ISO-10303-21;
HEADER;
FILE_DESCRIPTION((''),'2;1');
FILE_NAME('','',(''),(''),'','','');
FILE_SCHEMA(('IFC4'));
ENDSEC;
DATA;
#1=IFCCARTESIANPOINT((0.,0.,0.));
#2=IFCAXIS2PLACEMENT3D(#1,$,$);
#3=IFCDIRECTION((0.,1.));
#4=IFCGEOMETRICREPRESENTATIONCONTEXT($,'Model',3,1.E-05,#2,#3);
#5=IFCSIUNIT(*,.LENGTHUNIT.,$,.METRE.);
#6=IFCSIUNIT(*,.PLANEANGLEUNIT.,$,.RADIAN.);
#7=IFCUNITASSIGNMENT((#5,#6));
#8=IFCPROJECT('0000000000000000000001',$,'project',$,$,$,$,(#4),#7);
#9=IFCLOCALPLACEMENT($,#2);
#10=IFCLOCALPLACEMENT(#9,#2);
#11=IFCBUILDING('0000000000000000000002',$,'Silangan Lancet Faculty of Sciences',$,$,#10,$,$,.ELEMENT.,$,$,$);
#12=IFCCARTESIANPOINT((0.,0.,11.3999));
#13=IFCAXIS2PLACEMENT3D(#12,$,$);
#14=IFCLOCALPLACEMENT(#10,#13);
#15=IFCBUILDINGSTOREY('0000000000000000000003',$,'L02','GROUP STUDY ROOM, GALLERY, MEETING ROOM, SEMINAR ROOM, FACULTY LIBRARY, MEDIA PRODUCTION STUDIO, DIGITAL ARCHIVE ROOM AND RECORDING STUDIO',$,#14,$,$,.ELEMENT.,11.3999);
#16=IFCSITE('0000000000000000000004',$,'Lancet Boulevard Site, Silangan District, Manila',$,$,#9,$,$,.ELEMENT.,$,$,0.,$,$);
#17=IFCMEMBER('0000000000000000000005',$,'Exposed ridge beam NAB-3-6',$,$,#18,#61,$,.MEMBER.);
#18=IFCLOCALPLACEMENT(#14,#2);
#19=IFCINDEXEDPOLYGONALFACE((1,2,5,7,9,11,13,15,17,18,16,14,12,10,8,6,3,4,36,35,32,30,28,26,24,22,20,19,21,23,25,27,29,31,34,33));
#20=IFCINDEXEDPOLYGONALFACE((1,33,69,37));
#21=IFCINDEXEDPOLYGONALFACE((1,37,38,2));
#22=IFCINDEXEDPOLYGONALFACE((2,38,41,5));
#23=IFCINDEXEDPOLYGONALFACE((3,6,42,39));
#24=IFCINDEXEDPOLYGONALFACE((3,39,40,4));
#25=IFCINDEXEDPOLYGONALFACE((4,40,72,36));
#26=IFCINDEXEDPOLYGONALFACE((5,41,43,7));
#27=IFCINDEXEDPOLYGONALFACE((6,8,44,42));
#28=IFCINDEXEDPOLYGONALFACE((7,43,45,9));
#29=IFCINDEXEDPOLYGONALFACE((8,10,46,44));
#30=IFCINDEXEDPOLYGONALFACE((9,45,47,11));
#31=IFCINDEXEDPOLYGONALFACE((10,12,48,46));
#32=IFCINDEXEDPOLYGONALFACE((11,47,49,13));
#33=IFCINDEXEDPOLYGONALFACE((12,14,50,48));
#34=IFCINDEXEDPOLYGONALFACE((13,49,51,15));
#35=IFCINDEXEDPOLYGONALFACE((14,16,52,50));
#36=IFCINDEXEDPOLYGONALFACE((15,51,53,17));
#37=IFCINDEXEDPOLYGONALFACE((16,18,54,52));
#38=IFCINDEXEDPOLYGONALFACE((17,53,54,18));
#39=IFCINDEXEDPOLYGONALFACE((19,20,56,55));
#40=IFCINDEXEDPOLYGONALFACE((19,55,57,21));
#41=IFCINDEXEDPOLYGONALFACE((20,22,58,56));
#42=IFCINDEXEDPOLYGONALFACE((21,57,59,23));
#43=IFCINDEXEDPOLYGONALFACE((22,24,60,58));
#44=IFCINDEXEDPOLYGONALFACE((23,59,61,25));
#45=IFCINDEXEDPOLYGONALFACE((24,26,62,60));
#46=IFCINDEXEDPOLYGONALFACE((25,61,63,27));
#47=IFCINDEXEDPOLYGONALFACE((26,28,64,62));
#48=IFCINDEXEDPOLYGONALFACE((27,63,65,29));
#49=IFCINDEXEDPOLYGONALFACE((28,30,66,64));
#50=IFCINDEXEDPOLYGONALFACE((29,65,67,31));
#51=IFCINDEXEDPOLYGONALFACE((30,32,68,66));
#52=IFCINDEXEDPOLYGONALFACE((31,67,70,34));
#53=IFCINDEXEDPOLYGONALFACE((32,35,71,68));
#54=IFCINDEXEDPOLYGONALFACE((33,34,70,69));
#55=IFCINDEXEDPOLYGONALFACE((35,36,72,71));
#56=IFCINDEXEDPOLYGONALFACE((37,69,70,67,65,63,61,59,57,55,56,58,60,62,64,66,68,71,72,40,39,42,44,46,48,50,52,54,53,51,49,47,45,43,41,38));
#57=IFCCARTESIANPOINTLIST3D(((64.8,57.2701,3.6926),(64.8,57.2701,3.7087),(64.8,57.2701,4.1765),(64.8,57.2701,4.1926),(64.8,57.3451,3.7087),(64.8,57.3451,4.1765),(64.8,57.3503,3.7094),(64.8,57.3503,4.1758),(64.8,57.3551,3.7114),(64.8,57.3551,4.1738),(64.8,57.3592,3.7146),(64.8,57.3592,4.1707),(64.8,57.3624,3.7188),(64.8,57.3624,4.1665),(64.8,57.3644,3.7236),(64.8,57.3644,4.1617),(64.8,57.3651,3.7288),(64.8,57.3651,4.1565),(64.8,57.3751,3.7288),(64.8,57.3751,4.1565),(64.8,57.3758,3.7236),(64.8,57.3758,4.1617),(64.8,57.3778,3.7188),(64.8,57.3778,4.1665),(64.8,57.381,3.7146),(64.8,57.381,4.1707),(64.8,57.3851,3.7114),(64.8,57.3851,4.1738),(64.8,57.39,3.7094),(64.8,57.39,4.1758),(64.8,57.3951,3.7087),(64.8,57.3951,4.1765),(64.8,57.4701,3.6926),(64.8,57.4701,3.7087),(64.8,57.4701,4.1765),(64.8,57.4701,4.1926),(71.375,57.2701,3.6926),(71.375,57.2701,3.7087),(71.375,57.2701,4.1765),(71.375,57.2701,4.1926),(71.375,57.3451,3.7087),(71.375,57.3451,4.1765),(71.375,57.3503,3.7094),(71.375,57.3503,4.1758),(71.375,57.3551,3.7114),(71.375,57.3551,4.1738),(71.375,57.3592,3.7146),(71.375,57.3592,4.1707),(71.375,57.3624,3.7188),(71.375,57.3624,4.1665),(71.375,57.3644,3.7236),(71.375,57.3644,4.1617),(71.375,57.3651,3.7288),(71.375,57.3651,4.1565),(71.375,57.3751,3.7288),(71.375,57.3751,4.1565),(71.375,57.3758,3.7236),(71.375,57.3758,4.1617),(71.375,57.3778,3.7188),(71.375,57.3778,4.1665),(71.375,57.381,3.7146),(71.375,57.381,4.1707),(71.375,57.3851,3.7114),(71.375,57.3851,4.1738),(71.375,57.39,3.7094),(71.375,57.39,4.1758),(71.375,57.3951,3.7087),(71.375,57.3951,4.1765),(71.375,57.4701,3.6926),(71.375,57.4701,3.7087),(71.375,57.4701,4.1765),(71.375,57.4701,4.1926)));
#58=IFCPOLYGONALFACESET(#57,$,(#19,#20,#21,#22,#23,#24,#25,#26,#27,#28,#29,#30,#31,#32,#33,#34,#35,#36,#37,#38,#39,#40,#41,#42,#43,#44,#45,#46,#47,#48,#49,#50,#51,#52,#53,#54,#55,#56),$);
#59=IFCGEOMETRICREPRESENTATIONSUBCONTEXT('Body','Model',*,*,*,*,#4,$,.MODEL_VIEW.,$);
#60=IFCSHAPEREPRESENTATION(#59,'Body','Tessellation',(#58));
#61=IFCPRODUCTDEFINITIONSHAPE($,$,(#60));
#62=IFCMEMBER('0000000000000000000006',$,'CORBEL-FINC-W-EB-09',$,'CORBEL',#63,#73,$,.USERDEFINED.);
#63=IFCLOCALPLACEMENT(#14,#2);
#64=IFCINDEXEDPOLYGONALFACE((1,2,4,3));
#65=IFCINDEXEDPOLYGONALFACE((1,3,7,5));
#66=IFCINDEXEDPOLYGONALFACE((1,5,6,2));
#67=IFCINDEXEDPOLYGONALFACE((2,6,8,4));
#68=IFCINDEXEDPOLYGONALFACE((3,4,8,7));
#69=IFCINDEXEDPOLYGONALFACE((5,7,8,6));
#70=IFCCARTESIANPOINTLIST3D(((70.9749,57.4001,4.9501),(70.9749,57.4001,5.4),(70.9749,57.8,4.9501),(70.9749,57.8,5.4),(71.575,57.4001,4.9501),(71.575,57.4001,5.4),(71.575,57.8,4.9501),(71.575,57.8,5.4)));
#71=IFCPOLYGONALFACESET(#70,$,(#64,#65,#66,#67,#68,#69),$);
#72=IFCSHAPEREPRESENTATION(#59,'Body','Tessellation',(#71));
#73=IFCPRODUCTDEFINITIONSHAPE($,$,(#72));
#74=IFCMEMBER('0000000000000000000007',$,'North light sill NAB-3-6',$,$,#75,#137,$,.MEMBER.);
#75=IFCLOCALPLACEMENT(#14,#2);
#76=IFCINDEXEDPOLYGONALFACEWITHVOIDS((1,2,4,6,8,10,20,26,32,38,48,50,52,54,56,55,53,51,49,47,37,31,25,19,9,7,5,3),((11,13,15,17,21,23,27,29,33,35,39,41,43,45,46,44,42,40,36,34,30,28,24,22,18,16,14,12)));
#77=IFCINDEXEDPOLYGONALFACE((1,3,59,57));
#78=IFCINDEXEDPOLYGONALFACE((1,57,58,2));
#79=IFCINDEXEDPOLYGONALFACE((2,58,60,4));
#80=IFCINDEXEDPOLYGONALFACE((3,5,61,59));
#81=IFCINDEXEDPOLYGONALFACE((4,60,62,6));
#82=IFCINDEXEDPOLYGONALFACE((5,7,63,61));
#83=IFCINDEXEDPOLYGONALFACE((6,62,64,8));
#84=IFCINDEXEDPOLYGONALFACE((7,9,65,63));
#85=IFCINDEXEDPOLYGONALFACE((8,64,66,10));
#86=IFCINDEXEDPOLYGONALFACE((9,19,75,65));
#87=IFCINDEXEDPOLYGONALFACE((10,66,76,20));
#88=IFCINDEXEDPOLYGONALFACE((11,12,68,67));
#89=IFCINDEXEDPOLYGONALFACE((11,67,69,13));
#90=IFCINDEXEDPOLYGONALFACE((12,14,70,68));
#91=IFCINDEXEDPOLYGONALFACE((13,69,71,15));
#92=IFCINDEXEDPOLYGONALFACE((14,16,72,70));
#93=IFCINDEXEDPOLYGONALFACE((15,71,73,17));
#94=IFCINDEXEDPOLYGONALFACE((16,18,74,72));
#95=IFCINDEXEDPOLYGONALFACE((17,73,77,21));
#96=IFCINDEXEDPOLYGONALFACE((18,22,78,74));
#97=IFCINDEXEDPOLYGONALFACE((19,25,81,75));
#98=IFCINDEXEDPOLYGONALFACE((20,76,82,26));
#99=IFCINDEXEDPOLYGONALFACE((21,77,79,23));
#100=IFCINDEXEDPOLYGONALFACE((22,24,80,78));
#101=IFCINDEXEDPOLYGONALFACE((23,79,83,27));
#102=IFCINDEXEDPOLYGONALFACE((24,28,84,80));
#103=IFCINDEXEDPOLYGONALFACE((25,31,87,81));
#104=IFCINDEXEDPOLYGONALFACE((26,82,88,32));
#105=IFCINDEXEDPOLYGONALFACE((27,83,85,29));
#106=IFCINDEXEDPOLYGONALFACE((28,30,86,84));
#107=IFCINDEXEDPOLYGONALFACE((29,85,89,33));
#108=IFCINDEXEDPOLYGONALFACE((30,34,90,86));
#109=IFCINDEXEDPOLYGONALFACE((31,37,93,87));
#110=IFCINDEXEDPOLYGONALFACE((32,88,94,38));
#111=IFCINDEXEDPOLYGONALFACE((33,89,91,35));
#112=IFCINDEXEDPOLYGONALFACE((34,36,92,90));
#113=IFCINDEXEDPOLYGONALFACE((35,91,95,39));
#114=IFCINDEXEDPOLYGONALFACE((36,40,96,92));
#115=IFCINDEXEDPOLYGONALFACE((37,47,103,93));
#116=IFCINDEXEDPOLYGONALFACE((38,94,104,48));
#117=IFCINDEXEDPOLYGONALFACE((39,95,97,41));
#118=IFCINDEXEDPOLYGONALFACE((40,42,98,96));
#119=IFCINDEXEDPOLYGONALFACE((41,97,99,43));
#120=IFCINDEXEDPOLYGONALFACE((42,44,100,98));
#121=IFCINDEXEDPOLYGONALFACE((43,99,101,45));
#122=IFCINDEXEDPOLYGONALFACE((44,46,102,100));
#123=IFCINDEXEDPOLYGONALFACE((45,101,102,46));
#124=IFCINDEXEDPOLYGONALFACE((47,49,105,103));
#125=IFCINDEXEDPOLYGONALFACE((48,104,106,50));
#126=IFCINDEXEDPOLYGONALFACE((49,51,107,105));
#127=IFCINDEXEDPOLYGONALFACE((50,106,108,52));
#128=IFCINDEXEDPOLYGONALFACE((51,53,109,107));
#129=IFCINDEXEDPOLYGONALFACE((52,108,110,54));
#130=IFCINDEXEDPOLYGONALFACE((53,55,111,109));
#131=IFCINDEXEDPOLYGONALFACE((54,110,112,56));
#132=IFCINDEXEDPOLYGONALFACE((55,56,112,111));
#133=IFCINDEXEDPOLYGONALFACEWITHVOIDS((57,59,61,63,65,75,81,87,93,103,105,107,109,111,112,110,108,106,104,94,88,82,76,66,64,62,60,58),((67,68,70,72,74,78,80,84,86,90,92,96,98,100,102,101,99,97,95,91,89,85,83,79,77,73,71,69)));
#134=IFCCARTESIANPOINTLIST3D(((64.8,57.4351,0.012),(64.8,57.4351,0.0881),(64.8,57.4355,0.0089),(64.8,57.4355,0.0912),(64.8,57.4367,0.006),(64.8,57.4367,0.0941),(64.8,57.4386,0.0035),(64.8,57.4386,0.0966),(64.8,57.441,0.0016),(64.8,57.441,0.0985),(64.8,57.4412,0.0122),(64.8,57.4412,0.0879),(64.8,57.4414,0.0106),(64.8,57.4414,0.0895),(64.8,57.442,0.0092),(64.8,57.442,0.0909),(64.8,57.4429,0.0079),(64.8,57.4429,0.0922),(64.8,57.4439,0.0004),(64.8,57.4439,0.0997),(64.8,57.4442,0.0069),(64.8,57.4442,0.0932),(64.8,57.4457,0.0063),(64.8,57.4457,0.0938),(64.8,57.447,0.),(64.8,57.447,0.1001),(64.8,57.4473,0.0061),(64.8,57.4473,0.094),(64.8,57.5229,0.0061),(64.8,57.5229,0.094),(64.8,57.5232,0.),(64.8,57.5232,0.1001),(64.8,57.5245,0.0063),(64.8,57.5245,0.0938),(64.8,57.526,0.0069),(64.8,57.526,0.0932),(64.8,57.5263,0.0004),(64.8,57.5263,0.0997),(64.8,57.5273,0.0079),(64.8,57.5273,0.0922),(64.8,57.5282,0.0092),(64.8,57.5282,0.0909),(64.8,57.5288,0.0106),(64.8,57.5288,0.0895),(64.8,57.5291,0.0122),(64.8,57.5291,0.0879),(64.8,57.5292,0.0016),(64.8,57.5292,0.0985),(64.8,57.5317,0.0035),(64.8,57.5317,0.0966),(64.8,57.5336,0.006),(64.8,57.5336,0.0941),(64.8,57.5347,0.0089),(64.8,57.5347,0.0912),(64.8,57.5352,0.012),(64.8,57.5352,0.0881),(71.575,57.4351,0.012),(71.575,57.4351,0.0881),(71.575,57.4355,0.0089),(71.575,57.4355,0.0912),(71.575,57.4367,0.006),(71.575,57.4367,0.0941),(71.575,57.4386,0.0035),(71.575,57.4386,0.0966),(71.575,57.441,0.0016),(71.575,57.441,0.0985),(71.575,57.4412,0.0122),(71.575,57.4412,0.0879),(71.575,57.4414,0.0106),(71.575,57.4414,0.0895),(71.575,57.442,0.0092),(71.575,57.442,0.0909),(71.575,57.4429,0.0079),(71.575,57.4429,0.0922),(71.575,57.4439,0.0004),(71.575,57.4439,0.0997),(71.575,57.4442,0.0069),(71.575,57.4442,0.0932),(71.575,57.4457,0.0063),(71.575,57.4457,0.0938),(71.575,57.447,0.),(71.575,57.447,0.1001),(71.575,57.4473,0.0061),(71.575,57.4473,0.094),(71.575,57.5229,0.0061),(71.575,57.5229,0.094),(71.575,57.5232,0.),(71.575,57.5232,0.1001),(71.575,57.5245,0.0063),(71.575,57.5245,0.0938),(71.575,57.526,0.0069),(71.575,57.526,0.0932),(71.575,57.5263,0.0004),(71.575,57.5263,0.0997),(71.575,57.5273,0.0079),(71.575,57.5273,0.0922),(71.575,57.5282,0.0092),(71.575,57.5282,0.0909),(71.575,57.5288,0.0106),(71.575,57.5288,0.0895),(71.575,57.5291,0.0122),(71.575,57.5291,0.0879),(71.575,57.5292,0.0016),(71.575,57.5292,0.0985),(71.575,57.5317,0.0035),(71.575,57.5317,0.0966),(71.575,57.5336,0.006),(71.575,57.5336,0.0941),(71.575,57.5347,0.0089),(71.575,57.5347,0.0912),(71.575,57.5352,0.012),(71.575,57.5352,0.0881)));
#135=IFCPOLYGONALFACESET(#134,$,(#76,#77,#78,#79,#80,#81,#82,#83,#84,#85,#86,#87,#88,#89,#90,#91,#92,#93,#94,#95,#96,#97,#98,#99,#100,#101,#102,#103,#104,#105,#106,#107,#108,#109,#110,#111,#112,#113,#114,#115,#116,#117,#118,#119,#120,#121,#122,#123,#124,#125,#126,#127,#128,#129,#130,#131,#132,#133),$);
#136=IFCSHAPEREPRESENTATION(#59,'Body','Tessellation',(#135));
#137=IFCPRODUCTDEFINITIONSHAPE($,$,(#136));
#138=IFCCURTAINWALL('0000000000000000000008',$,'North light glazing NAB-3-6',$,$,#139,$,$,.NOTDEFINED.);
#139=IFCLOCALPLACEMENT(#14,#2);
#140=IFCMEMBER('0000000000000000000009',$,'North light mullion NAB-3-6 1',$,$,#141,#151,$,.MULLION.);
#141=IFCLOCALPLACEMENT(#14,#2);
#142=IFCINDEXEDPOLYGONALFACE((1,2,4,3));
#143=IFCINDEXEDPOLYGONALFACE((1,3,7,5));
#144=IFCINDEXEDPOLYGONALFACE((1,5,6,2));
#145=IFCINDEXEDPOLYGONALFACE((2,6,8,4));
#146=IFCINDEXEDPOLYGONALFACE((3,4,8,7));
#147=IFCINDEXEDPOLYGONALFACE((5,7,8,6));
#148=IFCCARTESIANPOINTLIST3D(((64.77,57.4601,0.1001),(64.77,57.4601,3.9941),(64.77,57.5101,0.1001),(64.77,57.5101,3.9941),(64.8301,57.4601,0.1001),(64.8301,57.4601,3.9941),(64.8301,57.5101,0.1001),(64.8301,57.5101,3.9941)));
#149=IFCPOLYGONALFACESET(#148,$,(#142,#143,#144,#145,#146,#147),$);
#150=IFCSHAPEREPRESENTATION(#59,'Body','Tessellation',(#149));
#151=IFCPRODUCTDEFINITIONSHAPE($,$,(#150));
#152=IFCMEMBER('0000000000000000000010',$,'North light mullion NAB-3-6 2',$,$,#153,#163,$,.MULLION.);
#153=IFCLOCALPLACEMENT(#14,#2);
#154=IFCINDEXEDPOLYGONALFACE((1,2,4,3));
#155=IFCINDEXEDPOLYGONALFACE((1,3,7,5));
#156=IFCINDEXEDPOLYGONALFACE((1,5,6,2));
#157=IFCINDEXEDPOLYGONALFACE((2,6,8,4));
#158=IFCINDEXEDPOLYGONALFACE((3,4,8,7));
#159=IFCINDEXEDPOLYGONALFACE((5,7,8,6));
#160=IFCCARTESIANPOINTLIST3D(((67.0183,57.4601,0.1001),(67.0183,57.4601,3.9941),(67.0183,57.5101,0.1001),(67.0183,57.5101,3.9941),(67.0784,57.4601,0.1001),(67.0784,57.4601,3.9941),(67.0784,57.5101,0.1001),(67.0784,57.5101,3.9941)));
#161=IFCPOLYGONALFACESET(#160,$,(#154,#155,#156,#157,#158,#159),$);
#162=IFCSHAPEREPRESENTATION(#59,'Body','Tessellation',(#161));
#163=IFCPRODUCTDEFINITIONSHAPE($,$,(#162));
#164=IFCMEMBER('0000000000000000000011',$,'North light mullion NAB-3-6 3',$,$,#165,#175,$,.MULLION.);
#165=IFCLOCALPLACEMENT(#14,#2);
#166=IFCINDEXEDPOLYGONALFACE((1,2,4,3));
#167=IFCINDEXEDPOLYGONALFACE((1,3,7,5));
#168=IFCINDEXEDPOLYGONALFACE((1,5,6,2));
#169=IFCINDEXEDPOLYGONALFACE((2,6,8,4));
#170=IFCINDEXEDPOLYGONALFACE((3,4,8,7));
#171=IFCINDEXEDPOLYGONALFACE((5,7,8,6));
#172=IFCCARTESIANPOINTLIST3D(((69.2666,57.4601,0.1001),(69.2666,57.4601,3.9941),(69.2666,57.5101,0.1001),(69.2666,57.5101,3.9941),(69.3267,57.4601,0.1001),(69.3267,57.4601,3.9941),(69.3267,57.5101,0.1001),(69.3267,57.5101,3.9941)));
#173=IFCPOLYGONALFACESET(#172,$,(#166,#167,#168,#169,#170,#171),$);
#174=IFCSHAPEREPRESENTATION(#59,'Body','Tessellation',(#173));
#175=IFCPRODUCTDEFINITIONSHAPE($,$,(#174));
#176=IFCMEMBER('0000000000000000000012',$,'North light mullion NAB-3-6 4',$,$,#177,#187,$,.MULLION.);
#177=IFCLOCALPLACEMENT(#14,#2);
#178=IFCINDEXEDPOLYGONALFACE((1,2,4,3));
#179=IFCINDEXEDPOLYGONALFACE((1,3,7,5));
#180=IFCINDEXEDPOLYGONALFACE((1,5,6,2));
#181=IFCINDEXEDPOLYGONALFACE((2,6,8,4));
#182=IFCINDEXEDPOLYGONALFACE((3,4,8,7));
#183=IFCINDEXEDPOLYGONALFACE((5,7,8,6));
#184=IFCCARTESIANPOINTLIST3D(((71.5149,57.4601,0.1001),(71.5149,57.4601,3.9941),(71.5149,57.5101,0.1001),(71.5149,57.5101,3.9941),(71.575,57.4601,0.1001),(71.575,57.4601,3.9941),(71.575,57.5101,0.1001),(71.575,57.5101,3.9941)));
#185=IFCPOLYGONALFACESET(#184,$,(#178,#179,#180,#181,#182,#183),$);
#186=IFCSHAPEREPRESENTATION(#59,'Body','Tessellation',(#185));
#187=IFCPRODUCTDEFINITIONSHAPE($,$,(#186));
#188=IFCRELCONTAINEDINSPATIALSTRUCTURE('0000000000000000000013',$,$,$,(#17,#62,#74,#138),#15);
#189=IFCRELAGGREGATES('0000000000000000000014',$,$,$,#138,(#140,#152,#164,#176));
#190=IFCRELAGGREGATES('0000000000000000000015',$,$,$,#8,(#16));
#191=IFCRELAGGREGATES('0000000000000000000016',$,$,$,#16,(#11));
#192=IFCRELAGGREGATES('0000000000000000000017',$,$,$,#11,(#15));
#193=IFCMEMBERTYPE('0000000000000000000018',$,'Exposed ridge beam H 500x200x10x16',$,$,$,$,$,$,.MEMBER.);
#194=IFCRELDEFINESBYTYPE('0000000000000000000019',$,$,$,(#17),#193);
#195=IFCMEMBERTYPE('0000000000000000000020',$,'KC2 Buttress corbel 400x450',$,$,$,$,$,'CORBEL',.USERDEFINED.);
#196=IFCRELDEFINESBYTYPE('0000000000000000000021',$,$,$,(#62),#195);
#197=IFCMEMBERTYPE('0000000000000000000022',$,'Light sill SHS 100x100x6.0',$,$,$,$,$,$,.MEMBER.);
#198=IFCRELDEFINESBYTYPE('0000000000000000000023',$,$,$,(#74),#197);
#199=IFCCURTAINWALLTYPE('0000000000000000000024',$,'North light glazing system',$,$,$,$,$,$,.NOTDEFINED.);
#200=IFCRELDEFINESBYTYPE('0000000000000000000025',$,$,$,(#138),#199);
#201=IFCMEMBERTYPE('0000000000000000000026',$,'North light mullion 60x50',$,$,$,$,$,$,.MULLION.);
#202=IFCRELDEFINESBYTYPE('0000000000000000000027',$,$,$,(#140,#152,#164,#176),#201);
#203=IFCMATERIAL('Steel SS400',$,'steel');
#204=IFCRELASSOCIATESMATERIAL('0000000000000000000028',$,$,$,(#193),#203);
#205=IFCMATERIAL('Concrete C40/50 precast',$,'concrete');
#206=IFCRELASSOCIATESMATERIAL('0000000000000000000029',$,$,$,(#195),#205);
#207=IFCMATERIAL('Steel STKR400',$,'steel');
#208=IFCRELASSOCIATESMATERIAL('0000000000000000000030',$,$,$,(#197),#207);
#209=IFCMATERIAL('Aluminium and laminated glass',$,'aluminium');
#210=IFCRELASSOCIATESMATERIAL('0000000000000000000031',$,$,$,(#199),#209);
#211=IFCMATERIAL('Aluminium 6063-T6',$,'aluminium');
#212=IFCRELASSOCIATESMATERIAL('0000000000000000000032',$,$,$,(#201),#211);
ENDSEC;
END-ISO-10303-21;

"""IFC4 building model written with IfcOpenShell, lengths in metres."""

from ifc_helpers import new_model, si_unit, direction, frame, origin, origin_2d, place, context, subcontext, project, spatial, rectangle, hollow_rectangle, i_section, extrude, material, material_profile, profile_set, type_object, element, aggregate, save


model = new_model("IFC4")

# Units and contexts
model_context = context("Model", 3, precision=1e-05, world=origin(), true_north=direction((0.0, 1.0)))
body_context = subcontext(model_context, "Body", "Model", "MODEL_VIEW")
ifc_project = project(units=[si_unit("LENGTHUNIT", "METRE"), si_unit("PLANEANGLEUNIT", "RADIAN")], contexts=[model_context])

# Site, building, storey
site_placement = place(None, origin())
site = spatial("IfcSite", under=ifc_project, at=site_placement, Name="Lancet Boulevard Site, Silangan District, Manila", CompositionType="ELEMENT", RefElevation=0.0)
building_placement = place(site_placement, origin())
building = spatial("IfcBuilding", under=site, at=building_placement, Name="Silangan Lancet Faculty of Sciences", CompositionType="ELEMENT")
storey_placement = place(building_placement, frame((0.0, 0.0, 11.3999)))
storey = spatial("IfcBuildingStorey", under=building, at=storey_placement, Name="L02", Description="GROUP STUDY ROOM, GALLERY, MEETING ROOM, SEMINAR ROOM, FACULTY LIBRARY, MEDIA PRODUCTION STUDIO, DIGITAL ARCHIVE ROOM AND RECORDING STUDIO", CompositionType="ELEMENT", Elevation=11.3999)

# Members
ifc_material_1 = material(Name="Steel SS400", Category="steel")
ifc_material_profile_1 = material_profile(ifc_material_1, i_section(OverallWidth=0.2, OverallDepth=0.5, WebThickness=0.01, FlangeThickness=0.0161, FilletRadius=0.02, at=origin_2d()), Name="H 500x200x10x16")
ifc_profile_set_1 = profile_set([ifc_material_profile_1], Name="Steel SS400")
member_type_1 = type_object("IfcMemberType", Name="Exposed ridge beam H 500x200x10x16", PredefinedType="MEMBER", material=ifc_profile_set_1)
member_1_placement = place(storey_placement, frame((64.8, 57.3701, 3.9426), z_axis=(1.0, 0.0, 0.0), x_axis=(0.0, 1.0, 0.0)))
element("IfcMember", 1, at=member_1_placement, inside=storey, type_object=member_type_1, Name="Exposed ridge beam NAB-3-6", PredefinedType="MEMBER", context=body_context, shape_type="SweptSolid", body=[
    extrude(i_section(OverallWidth=0.2, OverallDepth=0.5, WebThickness=0.01, FlangeThickness=0.0161, FilletRadius=0.02, at=origin_2d()), origin(), (0.0, 0.0, 1.0), 6.575),
])
ifc_material_2 = material(Name="Concrete C40/50 precast", Category="concrete")
ifc_material_profile_2 = material_profile(ifc_material_2, rectangle(XDim=0.3999, YDim=0.45, at=origin_2d()), Name="RC 400x450")
ifc_profile_set_2 = profile_set([ifc_material_profile_2], Name="Concrete C40/50 precast")
member_type_2 = type_object("IfcMemberType", Name="KC2 Buttress corbel 400x450", ElementType="CORBEL", PredefinedType="USERDEFINED", material=ifc_profile_set_2)
member_2_placement = place(storey_placement, frame((71.575, 57.6001, 5.175), z_axis=(-1.0, 0.0, 0.0), x_axis=(0.0, -1.0, 0.0)))
element("IfcMember", 2, at=member_2_placement, inside=storey, type_object=member_type_2, Name="CORBEL-FINC-W-EB-09", ObjectType="CORBEL", PredefinedType="USERDEFINED", context=body_context, shape_type="SweptSolid", body=[
    extrude(rectangle(XDim=0.3999, YDim=0.45, at=origin_2d()), origin(), (0.0, 0.0, 1.0), 0.6001),
])
ifc_material_3 = material(Name="Steel STKR400", Category="steel")
ifc_material_profile_3 = material_profile(ifc_material_3, hollow_rectangle(XDim=0.1001, YDim=0.1001, WallThickness=0.0061, InnerFilletRadius=0.0061, OuterFilletRadius=0.012, at=origin_2d()), Name="SHS 100x100x6.0")
ifc_profile_set_3 = profile_set([ifc_material_profile_3], Name="Steel STKR400")
member_type_3 = type_object("IfcMemberType", Name="Light sill SHS 100x100x6.0", PredefinedType="MEMBER", material=ifc_profile_set_3)
member_3_placement = place(storey_placement, frame((64.8, 57.4851, 0.05), z_axis=(1.0, 0.0, 0.0), x_axis=(0.0, 1.0, 0.0)))
element("IfcMember", 3, at=member_3_placement, inside=storey, type_object=member_type_3, Name="North light sill NAB-3-6", PredefinedType="MEMBER", context=body_context, shape_type="SweptSolid", body=[
    extrude(hollow_rectangle(XDim=0.1001, YDim=0.1001, WallThickness=0.0061, InnerFilletRadius=0.0061, OuterFilletRadius=0.012, at=origin_2d()), origin(), (0.0, 0.0, 1.0), 6.7749),
])

# Curtain wall, members
ifc_material_4 = material(Name="Aluminium and laminated glass", Category="aluminium")
curtain_wall_type = type_object("IfcCurtainWallType", Name="North light glazing system", PredefinedType="NOTDEFINED", material=ifc_material_4)
curtain_wall_placement = place(storey_placement, origin())
curtain_wall = element("IfcCurtainWall", 4, at=curtain_wall_placement, inside=storey, type_object=curtain_wall_type, Name="North light glazing NAB-3-6", PredefinedType="NOTDEFINED")
ifc_material_5 = material(Name="Aluminium 6063-T6", Category="aluminium")
ifc_material_profile_4 = material_profile(ifc_material_5, rectangle(XDim=0.0601, YDim=0.05, at=origin_2d()), Name="AL 60x50")
ifc_profile_set_4 = profile_set([ifc_material_profile_4], Name="Aluminium 6063-T6")
member_type_4 = type_object("IfcMemberType", Name="North light mullion 60x50", PredefinedType="MULLION", material=ifc_profile_set_4)
member_4_placement = place(storey_placement, frame((64.8, 57.4851, 0.1001), z_axis=(0.0, 0.0, 1.0), x_axis=(1.0, 0.0, 0.0)))
member_4 = element("IfcMember", 5, at=member_4_placement, type_object=member_type_4, Name="North light mullion NAB-3-6 1", PredefinedType="MULLION", context=body_context, shape_type="SweptSolid", body=[
    extrude(rectangle(XDim=0.0601, YDim=0.05, at=origin_2d()), origin(), (0.0, 0.0, 1.0), 3.894),
])
member_5_placement = place(storey_placement, frame((67.0483, 57.4851, 0.1001), z_axis=(0.0, 0.0, 1.0), x_axis=(1.0, 0.0, 0.0)))
member_5 = element("IfcMember", 6, at=member_5_placement, type_object=member_type_4, Name="North light mullion NAB-3-6 2", PredefinedType="MULLION", context=body_context, shape_type="SweptSolid", body=[
    extrude(rectangle(XDim=0.0601, YDim=0.05, at=origin_2d()), origin(), (0.0, 0.0, 1.0), 3.894),
])
member_6_placement = place(storey_placement, frame((69.2966, 57.4851, 0.1001), z_axis=(0.0, 0.0, 1.0), x_axis=(1.0, 0.0, 0.0)))
member_6 = element("IfcMember", 7, at=member_6_placement, type_object=member_type_4, Name="North light mullion NAB-3-6 3", PredefinedType="MULLION", context=body_context, shape_type="SweptSolid", body=[
    extrude(rectangle(XDim=0.0601, YDim=0.05, at=origin_2d()), origin(), (0.0, 0.0, 1.0), 3.894),
])
member_7_placement = place(storey_placement, frame((71.5449, 57.4851, 0.1001), z_axis=(0.0, 0.0, 1.0), x_axis=(1.0, 0.0, 0.0)))
member_7 = element("IfcMember", 8, at=member_7_placement, type_object=member_type_4, Name="North light mullion NAB-3-6 4", PredefinedType="MULLION", context=body_context, shape_type="SweptSolid", body=[
    extrude(rectangle(XDim=0.0601, YDim=0.05, at=origin_2d()), origin(), (0.0, 0.0, 1.0), 3.894),
])

aggregate(curtain_wall, [member_4, member_5, member_6, member_7])

save(model, "model.ifc")
